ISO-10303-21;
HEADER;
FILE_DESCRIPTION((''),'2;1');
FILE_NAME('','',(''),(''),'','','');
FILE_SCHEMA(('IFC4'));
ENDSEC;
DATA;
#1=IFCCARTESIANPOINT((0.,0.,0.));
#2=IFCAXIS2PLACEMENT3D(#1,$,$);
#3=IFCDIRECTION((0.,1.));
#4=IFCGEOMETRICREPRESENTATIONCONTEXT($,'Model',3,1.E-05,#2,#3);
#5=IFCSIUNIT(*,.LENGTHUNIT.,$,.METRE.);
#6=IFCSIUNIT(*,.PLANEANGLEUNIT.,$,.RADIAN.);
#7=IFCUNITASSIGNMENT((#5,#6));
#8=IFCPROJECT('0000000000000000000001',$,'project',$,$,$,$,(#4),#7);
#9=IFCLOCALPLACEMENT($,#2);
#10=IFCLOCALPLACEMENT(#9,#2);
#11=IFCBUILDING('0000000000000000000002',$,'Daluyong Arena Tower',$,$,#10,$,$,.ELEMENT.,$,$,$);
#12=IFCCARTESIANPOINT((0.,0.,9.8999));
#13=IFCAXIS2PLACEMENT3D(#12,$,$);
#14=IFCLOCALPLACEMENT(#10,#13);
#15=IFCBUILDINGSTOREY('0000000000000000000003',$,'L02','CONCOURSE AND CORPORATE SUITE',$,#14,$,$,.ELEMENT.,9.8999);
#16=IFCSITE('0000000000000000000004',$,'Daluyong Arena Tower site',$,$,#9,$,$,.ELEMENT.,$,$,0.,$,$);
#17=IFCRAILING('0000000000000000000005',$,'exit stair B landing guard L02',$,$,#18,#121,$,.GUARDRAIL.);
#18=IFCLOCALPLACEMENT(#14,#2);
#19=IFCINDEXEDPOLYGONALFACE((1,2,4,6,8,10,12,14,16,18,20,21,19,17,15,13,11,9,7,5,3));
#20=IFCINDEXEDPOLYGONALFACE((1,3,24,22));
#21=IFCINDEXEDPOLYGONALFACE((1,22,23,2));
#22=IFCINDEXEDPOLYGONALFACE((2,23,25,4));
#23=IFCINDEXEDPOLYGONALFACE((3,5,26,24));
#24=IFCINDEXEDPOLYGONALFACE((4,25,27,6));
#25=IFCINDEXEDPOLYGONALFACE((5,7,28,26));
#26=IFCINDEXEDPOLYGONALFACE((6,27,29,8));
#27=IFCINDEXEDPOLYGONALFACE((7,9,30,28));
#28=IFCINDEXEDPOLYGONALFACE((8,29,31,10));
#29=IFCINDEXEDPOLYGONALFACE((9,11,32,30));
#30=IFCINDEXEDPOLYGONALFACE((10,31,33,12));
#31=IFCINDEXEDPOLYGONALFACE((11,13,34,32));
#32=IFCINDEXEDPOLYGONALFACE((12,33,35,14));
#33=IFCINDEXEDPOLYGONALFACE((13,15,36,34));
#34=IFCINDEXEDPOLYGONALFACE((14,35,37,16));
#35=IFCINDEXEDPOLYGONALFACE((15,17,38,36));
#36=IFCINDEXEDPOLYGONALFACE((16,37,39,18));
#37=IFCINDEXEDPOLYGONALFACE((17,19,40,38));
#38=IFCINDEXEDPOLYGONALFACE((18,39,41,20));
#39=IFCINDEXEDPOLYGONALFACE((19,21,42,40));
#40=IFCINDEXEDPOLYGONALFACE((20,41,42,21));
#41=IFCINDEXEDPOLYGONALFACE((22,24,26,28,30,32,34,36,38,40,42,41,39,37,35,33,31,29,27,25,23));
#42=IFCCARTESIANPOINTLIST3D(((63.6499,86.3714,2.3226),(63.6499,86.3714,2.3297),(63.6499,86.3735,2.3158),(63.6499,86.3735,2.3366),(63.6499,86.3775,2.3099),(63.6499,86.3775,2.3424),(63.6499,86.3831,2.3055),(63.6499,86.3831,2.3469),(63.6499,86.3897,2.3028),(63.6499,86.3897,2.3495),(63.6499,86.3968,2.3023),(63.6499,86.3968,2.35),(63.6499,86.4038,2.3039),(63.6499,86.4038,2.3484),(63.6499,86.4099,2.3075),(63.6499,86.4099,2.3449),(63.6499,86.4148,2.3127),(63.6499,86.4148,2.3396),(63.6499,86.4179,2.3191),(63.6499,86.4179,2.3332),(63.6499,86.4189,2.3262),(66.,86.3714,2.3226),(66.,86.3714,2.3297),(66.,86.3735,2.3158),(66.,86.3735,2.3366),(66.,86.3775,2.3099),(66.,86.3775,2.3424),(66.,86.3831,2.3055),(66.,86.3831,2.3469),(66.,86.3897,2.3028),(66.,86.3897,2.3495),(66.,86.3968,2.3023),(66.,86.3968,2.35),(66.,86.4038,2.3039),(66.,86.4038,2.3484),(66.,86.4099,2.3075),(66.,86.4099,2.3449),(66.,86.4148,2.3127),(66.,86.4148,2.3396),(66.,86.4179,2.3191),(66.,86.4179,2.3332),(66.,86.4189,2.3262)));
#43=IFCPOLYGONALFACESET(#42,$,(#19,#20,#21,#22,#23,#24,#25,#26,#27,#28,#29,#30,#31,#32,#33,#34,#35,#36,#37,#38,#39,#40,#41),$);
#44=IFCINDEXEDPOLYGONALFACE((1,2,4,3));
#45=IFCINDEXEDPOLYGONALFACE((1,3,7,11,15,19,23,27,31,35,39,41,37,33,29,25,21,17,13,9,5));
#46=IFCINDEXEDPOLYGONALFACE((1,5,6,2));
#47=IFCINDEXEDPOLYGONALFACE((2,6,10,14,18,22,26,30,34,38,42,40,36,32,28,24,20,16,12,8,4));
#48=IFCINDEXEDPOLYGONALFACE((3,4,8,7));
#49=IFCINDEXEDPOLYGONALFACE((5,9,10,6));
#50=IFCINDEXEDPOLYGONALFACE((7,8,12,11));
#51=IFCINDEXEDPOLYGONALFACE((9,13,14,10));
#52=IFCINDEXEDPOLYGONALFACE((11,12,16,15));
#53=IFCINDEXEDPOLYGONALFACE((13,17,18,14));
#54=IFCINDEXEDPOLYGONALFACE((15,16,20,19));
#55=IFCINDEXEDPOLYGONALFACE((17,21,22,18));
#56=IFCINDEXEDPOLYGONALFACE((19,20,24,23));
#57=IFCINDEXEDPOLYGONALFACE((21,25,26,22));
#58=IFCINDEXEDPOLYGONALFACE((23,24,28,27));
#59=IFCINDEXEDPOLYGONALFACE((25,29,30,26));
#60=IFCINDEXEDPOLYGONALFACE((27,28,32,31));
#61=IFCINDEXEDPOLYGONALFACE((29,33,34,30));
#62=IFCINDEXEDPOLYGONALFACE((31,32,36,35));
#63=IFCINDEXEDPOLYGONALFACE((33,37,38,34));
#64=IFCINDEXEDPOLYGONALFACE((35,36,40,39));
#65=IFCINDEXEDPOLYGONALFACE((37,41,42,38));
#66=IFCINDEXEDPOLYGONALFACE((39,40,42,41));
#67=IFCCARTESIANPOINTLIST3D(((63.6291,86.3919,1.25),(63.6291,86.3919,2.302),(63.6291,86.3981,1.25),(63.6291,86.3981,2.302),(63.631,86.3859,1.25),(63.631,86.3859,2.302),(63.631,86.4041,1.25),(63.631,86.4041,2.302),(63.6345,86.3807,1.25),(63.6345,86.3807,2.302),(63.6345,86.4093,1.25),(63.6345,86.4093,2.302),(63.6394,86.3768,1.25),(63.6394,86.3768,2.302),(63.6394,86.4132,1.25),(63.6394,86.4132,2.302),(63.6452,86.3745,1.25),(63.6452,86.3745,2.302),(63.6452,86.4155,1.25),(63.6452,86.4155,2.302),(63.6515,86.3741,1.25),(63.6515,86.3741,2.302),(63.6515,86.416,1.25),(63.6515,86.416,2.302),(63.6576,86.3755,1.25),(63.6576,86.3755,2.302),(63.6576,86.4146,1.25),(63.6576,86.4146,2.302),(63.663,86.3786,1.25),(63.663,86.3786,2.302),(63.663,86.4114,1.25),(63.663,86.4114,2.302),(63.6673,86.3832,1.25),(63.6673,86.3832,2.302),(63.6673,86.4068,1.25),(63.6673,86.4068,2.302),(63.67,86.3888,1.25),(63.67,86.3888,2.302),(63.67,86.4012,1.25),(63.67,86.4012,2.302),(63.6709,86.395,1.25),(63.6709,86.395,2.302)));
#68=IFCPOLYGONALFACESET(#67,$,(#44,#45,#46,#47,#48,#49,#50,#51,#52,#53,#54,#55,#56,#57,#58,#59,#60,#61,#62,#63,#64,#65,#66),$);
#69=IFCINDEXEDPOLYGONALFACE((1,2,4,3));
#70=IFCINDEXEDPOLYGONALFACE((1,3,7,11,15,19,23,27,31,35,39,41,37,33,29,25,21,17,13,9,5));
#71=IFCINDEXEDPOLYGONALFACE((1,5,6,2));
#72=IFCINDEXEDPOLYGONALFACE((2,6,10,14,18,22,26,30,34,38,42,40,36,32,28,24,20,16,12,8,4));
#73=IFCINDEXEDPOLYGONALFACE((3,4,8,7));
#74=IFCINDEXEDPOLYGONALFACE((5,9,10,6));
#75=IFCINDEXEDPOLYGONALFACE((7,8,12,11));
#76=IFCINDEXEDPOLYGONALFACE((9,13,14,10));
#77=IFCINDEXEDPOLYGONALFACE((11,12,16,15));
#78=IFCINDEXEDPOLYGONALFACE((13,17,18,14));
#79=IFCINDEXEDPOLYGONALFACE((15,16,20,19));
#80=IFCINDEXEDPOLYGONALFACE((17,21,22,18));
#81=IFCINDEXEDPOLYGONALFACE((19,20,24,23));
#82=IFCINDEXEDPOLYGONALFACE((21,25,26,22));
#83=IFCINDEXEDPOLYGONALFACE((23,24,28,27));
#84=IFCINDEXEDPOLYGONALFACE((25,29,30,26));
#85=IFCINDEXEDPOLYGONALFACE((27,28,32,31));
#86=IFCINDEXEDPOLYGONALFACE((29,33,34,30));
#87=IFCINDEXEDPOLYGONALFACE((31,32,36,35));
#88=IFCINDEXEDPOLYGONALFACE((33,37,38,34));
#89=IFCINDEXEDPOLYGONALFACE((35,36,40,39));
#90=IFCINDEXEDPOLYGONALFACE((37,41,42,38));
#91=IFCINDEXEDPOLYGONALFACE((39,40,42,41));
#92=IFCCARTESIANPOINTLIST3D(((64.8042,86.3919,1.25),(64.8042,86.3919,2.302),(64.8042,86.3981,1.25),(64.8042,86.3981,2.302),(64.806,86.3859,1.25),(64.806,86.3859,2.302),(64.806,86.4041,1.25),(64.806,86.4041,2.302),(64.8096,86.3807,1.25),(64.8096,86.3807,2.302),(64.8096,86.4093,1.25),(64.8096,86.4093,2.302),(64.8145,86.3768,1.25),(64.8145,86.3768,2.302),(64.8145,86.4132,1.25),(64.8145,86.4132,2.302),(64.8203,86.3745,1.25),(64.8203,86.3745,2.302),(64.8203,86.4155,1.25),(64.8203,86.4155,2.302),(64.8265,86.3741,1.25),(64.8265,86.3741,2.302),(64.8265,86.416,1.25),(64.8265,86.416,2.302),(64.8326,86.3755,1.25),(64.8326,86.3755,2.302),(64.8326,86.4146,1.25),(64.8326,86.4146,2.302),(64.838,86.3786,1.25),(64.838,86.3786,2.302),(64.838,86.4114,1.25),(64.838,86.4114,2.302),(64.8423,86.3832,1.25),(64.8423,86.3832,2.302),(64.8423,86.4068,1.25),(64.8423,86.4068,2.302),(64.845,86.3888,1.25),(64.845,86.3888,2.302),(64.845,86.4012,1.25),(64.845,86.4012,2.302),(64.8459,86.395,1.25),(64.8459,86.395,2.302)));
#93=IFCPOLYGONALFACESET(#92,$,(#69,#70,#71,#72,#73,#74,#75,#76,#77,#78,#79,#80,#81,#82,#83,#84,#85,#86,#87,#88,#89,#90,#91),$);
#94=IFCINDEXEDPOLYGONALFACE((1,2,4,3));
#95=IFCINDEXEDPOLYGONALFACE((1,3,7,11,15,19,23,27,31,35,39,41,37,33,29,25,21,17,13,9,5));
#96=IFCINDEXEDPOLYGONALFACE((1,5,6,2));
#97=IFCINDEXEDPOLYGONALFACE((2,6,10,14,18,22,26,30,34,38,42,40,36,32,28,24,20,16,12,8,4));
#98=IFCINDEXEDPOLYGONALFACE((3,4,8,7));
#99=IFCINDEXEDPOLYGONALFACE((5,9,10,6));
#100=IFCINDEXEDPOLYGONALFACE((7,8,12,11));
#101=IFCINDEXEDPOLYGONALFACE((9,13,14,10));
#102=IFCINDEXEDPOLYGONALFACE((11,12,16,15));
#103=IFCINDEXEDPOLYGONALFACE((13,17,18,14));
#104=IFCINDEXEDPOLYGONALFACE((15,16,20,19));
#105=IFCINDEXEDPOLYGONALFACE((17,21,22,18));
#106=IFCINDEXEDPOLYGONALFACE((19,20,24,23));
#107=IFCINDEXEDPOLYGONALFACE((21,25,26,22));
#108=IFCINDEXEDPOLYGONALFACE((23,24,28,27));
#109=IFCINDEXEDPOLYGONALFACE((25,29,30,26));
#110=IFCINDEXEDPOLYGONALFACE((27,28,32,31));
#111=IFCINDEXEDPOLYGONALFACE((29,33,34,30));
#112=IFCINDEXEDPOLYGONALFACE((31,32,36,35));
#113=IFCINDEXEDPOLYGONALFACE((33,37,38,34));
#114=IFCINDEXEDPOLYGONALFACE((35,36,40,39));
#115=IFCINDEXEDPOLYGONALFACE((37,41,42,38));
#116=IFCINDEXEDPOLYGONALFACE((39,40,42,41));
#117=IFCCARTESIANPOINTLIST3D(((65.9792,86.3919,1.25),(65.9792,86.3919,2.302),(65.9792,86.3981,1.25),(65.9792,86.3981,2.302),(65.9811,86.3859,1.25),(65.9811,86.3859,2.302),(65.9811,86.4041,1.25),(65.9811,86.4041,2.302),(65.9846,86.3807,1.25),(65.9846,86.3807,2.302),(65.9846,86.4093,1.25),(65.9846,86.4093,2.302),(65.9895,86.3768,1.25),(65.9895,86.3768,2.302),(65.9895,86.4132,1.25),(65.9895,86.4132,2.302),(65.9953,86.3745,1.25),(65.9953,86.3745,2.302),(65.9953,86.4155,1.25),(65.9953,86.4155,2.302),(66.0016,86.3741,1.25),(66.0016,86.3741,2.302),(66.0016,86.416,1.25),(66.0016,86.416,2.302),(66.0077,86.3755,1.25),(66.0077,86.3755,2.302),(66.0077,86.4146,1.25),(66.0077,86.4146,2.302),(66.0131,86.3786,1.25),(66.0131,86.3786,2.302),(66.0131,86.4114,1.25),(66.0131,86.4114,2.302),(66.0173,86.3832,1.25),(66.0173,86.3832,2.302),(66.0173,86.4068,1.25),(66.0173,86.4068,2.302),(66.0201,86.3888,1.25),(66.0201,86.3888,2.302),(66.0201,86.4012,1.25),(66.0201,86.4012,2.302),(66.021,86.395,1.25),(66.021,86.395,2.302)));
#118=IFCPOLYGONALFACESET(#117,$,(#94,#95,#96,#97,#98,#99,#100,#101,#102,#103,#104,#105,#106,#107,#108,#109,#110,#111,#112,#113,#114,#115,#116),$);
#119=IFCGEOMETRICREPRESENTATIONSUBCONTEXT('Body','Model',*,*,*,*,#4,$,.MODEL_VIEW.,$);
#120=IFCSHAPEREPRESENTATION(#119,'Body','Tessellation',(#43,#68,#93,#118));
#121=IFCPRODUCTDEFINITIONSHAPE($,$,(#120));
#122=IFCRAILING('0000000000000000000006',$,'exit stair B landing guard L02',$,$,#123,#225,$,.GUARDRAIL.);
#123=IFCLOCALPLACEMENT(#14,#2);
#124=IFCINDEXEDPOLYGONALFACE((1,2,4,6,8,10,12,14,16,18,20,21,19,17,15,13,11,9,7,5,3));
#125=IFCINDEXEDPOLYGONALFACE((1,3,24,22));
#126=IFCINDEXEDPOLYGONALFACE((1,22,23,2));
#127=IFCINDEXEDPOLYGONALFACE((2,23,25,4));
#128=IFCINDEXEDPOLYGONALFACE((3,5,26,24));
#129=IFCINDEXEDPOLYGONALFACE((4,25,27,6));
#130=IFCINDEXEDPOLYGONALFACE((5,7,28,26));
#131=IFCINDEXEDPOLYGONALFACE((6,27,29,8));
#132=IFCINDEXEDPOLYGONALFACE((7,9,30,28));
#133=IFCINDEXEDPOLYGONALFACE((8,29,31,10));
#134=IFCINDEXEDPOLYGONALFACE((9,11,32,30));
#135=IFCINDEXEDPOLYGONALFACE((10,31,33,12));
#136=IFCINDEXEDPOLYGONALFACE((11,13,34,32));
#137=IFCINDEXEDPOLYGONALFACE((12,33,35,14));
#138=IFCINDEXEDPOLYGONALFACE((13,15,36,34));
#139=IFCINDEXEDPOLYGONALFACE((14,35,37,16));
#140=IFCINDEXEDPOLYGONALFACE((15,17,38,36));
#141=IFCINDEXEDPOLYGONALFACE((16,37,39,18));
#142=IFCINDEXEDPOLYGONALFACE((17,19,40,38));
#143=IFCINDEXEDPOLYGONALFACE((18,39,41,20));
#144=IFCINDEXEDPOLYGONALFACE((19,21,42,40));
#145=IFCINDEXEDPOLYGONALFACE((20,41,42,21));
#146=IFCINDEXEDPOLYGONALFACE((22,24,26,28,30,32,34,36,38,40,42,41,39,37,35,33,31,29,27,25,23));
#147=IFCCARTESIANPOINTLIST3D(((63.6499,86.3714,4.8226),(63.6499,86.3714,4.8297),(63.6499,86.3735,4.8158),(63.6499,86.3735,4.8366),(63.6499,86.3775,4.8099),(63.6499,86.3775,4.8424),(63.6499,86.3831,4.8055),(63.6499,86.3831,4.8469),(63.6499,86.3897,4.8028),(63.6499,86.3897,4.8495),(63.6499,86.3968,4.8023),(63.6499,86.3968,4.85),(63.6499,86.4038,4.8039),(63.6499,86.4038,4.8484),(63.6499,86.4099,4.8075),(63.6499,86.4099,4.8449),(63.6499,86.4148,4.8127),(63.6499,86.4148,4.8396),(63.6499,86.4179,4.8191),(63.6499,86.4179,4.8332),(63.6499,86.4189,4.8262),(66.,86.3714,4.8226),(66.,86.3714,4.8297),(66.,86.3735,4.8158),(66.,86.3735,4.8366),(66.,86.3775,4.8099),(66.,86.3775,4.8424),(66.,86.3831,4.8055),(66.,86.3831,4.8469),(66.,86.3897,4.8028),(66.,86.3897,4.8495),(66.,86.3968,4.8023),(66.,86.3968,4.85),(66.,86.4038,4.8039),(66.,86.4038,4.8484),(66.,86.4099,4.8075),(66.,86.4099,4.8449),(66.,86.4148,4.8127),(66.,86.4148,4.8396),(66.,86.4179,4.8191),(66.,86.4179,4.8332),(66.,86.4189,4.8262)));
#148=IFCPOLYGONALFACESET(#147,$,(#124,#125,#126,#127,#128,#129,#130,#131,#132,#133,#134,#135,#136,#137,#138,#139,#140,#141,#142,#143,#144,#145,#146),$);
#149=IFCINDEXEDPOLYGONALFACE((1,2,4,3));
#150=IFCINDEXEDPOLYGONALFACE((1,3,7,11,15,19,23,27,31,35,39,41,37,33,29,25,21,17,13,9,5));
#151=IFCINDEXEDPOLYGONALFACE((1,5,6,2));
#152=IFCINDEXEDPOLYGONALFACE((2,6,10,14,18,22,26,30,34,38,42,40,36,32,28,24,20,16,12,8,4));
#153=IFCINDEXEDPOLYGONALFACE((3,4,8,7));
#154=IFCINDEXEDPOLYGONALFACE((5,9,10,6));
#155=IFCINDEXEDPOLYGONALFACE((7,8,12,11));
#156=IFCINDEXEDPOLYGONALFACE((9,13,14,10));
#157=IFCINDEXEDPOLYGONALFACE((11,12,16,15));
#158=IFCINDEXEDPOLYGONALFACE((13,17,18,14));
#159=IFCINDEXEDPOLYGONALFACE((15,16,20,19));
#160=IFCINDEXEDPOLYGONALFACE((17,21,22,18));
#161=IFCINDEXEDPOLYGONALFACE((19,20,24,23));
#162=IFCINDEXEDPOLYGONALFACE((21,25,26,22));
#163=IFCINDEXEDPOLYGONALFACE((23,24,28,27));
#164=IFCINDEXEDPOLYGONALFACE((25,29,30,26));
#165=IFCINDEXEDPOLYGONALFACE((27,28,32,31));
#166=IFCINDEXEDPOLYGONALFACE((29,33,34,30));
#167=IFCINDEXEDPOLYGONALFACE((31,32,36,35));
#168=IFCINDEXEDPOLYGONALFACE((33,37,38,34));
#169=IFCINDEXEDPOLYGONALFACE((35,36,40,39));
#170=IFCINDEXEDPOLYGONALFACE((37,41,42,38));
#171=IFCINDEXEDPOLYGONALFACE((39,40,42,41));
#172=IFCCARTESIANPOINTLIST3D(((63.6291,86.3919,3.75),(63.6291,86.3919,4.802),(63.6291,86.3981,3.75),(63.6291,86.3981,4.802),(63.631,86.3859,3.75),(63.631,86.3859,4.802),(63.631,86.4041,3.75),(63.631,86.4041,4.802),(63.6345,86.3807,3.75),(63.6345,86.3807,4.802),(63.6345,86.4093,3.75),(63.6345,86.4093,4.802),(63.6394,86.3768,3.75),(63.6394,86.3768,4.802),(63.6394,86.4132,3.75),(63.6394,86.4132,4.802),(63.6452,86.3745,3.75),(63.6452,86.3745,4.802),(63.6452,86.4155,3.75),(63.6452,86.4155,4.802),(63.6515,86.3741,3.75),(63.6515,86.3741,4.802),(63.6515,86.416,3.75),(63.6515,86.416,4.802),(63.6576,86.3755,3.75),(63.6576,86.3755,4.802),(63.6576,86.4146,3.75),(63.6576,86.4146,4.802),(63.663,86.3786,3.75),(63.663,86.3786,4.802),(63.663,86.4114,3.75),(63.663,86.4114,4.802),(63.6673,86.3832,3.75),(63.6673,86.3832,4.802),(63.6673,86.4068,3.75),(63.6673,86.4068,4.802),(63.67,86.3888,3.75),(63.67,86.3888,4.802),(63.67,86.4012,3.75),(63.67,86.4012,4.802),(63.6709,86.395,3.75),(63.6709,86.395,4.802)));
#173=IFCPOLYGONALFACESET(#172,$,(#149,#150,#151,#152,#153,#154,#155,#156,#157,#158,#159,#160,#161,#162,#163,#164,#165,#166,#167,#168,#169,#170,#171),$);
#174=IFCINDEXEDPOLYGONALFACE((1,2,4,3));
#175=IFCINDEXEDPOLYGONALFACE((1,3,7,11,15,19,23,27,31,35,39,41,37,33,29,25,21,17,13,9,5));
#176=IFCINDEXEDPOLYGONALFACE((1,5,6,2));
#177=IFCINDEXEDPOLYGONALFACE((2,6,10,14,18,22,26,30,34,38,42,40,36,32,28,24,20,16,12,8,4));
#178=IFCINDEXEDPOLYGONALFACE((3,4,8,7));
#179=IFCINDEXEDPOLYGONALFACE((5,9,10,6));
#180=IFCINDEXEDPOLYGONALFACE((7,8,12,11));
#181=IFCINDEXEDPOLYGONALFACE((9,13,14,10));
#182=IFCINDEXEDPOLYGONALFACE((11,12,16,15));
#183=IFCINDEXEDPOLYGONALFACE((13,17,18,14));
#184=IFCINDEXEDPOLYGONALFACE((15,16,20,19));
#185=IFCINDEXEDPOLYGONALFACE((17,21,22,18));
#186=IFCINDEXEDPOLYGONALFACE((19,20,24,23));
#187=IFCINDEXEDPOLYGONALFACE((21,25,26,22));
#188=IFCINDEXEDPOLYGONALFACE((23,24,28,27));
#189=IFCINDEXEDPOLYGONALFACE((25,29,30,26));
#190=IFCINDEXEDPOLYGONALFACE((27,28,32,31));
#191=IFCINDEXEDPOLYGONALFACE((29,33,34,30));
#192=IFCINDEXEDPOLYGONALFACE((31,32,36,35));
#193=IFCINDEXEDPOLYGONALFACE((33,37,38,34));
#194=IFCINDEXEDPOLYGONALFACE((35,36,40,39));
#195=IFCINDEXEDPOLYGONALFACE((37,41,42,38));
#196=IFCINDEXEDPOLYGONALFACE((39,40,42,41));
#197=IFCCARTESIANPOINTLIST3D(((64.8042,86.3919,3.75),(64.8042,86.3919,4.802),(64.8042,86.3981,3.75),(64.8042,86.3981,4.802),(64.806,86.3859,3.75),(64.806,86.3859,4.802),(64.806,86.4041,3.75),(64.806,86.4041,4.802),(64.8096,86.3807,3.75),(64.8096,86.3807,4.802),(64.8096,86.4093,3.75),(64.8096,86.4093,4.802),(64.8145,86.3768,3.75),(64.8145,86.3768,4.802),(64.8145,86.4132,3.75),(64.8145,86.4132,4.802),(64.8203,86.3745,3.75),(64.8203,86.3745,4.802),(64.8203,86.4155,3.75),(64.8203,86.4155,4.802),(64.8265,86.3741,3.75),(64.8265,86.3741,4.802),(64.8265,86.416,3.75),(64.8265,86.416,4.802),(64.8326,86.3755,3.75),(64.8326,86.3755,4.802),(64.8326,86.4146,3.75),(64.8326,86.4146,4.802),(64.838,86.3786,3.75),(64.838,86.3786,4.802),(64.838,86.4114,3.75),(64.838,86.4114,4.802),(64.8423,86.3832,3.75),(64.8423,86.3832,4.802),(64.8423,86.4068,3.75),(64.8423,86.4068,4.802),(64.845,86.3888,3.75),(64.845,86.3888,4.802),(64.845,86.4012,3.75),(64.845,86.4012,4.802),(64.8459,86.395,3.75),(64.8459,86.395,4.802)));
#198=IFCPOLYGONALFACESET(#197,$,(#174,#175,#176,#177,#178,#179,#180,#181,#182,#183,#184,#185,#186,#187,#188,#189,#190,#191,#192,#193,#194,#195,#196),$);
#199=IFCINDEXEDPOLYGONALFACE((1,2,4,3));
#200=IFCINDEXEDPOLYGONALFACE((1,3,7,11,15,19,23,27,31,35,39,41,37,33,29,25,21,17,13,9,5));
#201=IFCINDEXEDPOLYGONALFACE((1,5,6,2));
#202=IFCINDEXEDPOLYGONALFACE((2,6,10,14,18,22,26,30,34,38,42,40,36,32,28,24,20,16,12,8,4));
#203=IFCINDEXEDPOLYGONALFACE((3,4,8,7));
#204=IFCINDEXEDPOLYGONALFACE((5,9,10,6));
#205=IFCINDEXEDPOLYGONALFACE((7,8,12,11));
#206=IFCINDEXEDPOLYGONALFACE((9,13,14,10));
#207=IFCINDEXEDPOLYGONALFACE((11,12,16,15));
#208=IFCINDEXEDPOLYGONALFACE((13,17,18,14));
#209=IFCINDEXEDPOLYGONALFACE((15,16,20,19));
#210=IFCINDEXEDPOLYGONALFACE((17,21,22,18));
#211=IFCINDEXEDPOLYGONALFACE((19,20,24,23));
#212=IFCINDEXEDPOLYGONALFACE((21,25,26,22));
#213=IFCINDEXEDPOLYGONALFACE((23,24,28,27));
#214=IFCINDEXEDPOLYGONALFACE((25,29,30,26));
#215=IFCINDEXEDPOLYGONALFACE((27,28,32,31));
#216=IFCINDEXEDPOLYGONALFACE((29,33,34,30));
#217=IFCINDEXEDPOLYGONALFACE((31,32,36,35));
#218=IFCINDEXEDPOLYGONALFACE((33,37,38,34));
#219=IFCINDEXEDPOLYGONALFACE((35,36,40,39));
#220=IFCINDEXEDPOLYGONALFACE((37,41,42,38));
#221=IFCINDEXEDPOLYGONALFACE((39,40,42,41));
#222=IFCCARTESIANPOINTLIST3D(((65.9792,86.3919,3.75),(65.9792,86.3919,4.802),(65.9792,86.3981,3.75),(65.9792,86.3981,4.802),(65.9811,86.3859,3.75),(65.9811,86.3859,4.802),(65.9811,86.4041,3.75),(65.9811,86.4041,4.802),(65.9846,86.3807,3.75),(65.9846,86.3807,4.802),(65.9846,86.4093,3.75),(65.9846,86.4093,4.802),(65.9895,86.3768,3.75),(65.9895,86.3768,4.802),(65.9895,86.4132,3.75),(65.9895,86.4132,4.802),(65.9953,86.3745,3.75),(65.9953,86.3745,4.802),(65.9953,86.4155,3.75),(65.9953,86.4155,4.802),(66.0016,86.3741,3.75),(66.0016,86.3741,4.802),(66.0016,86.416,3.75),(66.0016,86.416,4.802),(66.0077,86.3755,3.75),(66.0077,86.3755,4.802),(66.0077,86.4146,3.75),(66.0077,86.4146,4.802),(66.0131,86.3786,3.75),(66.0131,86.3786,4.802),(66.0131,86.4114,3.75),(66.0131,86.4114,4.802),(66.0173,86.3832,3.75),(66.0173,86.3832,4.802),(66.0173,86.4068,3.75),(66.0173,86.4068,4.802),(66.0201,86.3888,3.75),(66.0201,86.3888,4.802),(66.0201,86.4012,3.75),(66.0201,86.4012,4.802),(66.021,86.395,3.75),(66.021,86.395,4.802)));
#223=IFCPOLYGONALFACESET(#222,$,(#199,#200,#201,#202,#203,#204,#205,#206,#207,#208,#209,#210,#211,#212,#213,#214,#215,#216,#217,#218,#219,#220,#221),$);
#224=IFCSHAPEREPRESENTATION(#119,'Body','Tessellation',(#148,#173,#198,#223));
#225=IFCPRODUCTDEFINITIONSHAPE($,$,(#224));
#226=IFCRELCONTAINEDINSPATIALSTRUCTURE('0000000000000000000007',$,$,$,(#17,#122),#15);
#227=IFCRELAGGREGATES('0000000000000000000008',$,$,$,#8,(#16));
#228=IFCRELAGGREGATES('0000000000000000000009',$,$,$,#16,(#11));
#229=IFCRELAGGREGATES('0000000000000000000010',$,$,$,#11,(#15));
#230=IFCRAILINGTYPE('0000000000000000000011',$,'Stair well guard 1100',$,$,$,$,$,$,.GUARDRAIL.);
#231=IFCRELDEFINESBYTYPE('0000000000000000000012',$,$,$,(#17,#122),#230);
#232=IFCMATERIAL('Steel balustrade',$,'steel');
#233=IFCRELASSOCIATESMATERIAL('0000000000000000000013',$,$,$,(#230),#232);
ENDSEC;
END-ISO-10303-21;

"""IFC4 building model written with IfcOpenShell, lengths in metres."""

from ifc_helpers import new_model, si_unit, direction, frame, origin, origin_2d, place, context, subcontext, project, spatial, circle, extrude, material, type_object, element, save


model = new_model("IFC4")

# Units and contexts
model_context = context("Model", 3, precision=1e-05, world=origin(), true_north=direction((0.0, 1.0)))
body_context = subcontext(model_context, "Body", "Model", "MODEL_VIEW")
ifc_project = project(units=[si_unit("LENGTHUNIT", "METRE"), si_unit("PLANEANGLEUNIT", "RADIAN")], contexts=[model_context])

# Site, building, storey
site_placement = place(None, origin())
site = spatial("IfcSite", under=ifc_project, at=site_placement, Name="Daluyong Arena Tower site", CompositionType="ELEMENT", RefElevation=0.0)
building_placement = place(site_placement, origin())
building = spatial("IfcBuilding", under=site, at=building_placement, Name="Daluyong Arena Tower", CompositionType="ELEMENT")
storey_placement = place(building_placement, frame((0.0, 0.0, 9.8999)))
storey = spatial("IfcBuildingStorey", under=building, at=storey_placement, Name="L02", Description="CONCOURSE AND CORPORATE SUITE", CompositionType="ELEMENT", Elevation=9.8999)

# Railings
ifc_material_1 = material(Name="Steel balustrade", Category="steel")
railing_type = type_object("IfcRailingType", Name="Stair well guard 1100", PredefinedType="GUARDRAIL", material=ifc_material_1)
for number, where, name in (
    (1, (63.6499, 86.395, 1.25), "exit stair B landing guard L02"),
    (2, (63.6499, 86.395, 3.75), "exit stair B landing guard L02"),
):
    element("IfcRailing", number, at=place(storey_placement, frame(where)), inside=storey, type_object=railing_type, Name=name, PredefinedType="GUARDRAIL", context=body_context, shape_type="SweptSolid", body=[
        extrude(circle(Radius=0.0239, at=origin_2d()), frame((0.0, 0.0, 1.0762), z_axis=(1.0, 0.0, 0.0), x_axis=(0.0, 1.0, 0.0)), (0.0, 0.0, 1.0), 2.3501),
        extrude(circle(Radius=0.021, at=origin_2d()), origin(), (0.0, 0.0, 1.0), 1.052),
        extrude(circle(Radius=0.021, at=origin_2d()), frame((1.175, 0.0, 0.0)), (0.0, 0.0, 1.0), 1.052),
        extrude(circle(Radius=0.021, at=origin_2d()), frame((2.3501, 0.0, 0.0)), (0.0, 0.0, 1.0), 1.052),
    ])

save(model, "model.ifc")
